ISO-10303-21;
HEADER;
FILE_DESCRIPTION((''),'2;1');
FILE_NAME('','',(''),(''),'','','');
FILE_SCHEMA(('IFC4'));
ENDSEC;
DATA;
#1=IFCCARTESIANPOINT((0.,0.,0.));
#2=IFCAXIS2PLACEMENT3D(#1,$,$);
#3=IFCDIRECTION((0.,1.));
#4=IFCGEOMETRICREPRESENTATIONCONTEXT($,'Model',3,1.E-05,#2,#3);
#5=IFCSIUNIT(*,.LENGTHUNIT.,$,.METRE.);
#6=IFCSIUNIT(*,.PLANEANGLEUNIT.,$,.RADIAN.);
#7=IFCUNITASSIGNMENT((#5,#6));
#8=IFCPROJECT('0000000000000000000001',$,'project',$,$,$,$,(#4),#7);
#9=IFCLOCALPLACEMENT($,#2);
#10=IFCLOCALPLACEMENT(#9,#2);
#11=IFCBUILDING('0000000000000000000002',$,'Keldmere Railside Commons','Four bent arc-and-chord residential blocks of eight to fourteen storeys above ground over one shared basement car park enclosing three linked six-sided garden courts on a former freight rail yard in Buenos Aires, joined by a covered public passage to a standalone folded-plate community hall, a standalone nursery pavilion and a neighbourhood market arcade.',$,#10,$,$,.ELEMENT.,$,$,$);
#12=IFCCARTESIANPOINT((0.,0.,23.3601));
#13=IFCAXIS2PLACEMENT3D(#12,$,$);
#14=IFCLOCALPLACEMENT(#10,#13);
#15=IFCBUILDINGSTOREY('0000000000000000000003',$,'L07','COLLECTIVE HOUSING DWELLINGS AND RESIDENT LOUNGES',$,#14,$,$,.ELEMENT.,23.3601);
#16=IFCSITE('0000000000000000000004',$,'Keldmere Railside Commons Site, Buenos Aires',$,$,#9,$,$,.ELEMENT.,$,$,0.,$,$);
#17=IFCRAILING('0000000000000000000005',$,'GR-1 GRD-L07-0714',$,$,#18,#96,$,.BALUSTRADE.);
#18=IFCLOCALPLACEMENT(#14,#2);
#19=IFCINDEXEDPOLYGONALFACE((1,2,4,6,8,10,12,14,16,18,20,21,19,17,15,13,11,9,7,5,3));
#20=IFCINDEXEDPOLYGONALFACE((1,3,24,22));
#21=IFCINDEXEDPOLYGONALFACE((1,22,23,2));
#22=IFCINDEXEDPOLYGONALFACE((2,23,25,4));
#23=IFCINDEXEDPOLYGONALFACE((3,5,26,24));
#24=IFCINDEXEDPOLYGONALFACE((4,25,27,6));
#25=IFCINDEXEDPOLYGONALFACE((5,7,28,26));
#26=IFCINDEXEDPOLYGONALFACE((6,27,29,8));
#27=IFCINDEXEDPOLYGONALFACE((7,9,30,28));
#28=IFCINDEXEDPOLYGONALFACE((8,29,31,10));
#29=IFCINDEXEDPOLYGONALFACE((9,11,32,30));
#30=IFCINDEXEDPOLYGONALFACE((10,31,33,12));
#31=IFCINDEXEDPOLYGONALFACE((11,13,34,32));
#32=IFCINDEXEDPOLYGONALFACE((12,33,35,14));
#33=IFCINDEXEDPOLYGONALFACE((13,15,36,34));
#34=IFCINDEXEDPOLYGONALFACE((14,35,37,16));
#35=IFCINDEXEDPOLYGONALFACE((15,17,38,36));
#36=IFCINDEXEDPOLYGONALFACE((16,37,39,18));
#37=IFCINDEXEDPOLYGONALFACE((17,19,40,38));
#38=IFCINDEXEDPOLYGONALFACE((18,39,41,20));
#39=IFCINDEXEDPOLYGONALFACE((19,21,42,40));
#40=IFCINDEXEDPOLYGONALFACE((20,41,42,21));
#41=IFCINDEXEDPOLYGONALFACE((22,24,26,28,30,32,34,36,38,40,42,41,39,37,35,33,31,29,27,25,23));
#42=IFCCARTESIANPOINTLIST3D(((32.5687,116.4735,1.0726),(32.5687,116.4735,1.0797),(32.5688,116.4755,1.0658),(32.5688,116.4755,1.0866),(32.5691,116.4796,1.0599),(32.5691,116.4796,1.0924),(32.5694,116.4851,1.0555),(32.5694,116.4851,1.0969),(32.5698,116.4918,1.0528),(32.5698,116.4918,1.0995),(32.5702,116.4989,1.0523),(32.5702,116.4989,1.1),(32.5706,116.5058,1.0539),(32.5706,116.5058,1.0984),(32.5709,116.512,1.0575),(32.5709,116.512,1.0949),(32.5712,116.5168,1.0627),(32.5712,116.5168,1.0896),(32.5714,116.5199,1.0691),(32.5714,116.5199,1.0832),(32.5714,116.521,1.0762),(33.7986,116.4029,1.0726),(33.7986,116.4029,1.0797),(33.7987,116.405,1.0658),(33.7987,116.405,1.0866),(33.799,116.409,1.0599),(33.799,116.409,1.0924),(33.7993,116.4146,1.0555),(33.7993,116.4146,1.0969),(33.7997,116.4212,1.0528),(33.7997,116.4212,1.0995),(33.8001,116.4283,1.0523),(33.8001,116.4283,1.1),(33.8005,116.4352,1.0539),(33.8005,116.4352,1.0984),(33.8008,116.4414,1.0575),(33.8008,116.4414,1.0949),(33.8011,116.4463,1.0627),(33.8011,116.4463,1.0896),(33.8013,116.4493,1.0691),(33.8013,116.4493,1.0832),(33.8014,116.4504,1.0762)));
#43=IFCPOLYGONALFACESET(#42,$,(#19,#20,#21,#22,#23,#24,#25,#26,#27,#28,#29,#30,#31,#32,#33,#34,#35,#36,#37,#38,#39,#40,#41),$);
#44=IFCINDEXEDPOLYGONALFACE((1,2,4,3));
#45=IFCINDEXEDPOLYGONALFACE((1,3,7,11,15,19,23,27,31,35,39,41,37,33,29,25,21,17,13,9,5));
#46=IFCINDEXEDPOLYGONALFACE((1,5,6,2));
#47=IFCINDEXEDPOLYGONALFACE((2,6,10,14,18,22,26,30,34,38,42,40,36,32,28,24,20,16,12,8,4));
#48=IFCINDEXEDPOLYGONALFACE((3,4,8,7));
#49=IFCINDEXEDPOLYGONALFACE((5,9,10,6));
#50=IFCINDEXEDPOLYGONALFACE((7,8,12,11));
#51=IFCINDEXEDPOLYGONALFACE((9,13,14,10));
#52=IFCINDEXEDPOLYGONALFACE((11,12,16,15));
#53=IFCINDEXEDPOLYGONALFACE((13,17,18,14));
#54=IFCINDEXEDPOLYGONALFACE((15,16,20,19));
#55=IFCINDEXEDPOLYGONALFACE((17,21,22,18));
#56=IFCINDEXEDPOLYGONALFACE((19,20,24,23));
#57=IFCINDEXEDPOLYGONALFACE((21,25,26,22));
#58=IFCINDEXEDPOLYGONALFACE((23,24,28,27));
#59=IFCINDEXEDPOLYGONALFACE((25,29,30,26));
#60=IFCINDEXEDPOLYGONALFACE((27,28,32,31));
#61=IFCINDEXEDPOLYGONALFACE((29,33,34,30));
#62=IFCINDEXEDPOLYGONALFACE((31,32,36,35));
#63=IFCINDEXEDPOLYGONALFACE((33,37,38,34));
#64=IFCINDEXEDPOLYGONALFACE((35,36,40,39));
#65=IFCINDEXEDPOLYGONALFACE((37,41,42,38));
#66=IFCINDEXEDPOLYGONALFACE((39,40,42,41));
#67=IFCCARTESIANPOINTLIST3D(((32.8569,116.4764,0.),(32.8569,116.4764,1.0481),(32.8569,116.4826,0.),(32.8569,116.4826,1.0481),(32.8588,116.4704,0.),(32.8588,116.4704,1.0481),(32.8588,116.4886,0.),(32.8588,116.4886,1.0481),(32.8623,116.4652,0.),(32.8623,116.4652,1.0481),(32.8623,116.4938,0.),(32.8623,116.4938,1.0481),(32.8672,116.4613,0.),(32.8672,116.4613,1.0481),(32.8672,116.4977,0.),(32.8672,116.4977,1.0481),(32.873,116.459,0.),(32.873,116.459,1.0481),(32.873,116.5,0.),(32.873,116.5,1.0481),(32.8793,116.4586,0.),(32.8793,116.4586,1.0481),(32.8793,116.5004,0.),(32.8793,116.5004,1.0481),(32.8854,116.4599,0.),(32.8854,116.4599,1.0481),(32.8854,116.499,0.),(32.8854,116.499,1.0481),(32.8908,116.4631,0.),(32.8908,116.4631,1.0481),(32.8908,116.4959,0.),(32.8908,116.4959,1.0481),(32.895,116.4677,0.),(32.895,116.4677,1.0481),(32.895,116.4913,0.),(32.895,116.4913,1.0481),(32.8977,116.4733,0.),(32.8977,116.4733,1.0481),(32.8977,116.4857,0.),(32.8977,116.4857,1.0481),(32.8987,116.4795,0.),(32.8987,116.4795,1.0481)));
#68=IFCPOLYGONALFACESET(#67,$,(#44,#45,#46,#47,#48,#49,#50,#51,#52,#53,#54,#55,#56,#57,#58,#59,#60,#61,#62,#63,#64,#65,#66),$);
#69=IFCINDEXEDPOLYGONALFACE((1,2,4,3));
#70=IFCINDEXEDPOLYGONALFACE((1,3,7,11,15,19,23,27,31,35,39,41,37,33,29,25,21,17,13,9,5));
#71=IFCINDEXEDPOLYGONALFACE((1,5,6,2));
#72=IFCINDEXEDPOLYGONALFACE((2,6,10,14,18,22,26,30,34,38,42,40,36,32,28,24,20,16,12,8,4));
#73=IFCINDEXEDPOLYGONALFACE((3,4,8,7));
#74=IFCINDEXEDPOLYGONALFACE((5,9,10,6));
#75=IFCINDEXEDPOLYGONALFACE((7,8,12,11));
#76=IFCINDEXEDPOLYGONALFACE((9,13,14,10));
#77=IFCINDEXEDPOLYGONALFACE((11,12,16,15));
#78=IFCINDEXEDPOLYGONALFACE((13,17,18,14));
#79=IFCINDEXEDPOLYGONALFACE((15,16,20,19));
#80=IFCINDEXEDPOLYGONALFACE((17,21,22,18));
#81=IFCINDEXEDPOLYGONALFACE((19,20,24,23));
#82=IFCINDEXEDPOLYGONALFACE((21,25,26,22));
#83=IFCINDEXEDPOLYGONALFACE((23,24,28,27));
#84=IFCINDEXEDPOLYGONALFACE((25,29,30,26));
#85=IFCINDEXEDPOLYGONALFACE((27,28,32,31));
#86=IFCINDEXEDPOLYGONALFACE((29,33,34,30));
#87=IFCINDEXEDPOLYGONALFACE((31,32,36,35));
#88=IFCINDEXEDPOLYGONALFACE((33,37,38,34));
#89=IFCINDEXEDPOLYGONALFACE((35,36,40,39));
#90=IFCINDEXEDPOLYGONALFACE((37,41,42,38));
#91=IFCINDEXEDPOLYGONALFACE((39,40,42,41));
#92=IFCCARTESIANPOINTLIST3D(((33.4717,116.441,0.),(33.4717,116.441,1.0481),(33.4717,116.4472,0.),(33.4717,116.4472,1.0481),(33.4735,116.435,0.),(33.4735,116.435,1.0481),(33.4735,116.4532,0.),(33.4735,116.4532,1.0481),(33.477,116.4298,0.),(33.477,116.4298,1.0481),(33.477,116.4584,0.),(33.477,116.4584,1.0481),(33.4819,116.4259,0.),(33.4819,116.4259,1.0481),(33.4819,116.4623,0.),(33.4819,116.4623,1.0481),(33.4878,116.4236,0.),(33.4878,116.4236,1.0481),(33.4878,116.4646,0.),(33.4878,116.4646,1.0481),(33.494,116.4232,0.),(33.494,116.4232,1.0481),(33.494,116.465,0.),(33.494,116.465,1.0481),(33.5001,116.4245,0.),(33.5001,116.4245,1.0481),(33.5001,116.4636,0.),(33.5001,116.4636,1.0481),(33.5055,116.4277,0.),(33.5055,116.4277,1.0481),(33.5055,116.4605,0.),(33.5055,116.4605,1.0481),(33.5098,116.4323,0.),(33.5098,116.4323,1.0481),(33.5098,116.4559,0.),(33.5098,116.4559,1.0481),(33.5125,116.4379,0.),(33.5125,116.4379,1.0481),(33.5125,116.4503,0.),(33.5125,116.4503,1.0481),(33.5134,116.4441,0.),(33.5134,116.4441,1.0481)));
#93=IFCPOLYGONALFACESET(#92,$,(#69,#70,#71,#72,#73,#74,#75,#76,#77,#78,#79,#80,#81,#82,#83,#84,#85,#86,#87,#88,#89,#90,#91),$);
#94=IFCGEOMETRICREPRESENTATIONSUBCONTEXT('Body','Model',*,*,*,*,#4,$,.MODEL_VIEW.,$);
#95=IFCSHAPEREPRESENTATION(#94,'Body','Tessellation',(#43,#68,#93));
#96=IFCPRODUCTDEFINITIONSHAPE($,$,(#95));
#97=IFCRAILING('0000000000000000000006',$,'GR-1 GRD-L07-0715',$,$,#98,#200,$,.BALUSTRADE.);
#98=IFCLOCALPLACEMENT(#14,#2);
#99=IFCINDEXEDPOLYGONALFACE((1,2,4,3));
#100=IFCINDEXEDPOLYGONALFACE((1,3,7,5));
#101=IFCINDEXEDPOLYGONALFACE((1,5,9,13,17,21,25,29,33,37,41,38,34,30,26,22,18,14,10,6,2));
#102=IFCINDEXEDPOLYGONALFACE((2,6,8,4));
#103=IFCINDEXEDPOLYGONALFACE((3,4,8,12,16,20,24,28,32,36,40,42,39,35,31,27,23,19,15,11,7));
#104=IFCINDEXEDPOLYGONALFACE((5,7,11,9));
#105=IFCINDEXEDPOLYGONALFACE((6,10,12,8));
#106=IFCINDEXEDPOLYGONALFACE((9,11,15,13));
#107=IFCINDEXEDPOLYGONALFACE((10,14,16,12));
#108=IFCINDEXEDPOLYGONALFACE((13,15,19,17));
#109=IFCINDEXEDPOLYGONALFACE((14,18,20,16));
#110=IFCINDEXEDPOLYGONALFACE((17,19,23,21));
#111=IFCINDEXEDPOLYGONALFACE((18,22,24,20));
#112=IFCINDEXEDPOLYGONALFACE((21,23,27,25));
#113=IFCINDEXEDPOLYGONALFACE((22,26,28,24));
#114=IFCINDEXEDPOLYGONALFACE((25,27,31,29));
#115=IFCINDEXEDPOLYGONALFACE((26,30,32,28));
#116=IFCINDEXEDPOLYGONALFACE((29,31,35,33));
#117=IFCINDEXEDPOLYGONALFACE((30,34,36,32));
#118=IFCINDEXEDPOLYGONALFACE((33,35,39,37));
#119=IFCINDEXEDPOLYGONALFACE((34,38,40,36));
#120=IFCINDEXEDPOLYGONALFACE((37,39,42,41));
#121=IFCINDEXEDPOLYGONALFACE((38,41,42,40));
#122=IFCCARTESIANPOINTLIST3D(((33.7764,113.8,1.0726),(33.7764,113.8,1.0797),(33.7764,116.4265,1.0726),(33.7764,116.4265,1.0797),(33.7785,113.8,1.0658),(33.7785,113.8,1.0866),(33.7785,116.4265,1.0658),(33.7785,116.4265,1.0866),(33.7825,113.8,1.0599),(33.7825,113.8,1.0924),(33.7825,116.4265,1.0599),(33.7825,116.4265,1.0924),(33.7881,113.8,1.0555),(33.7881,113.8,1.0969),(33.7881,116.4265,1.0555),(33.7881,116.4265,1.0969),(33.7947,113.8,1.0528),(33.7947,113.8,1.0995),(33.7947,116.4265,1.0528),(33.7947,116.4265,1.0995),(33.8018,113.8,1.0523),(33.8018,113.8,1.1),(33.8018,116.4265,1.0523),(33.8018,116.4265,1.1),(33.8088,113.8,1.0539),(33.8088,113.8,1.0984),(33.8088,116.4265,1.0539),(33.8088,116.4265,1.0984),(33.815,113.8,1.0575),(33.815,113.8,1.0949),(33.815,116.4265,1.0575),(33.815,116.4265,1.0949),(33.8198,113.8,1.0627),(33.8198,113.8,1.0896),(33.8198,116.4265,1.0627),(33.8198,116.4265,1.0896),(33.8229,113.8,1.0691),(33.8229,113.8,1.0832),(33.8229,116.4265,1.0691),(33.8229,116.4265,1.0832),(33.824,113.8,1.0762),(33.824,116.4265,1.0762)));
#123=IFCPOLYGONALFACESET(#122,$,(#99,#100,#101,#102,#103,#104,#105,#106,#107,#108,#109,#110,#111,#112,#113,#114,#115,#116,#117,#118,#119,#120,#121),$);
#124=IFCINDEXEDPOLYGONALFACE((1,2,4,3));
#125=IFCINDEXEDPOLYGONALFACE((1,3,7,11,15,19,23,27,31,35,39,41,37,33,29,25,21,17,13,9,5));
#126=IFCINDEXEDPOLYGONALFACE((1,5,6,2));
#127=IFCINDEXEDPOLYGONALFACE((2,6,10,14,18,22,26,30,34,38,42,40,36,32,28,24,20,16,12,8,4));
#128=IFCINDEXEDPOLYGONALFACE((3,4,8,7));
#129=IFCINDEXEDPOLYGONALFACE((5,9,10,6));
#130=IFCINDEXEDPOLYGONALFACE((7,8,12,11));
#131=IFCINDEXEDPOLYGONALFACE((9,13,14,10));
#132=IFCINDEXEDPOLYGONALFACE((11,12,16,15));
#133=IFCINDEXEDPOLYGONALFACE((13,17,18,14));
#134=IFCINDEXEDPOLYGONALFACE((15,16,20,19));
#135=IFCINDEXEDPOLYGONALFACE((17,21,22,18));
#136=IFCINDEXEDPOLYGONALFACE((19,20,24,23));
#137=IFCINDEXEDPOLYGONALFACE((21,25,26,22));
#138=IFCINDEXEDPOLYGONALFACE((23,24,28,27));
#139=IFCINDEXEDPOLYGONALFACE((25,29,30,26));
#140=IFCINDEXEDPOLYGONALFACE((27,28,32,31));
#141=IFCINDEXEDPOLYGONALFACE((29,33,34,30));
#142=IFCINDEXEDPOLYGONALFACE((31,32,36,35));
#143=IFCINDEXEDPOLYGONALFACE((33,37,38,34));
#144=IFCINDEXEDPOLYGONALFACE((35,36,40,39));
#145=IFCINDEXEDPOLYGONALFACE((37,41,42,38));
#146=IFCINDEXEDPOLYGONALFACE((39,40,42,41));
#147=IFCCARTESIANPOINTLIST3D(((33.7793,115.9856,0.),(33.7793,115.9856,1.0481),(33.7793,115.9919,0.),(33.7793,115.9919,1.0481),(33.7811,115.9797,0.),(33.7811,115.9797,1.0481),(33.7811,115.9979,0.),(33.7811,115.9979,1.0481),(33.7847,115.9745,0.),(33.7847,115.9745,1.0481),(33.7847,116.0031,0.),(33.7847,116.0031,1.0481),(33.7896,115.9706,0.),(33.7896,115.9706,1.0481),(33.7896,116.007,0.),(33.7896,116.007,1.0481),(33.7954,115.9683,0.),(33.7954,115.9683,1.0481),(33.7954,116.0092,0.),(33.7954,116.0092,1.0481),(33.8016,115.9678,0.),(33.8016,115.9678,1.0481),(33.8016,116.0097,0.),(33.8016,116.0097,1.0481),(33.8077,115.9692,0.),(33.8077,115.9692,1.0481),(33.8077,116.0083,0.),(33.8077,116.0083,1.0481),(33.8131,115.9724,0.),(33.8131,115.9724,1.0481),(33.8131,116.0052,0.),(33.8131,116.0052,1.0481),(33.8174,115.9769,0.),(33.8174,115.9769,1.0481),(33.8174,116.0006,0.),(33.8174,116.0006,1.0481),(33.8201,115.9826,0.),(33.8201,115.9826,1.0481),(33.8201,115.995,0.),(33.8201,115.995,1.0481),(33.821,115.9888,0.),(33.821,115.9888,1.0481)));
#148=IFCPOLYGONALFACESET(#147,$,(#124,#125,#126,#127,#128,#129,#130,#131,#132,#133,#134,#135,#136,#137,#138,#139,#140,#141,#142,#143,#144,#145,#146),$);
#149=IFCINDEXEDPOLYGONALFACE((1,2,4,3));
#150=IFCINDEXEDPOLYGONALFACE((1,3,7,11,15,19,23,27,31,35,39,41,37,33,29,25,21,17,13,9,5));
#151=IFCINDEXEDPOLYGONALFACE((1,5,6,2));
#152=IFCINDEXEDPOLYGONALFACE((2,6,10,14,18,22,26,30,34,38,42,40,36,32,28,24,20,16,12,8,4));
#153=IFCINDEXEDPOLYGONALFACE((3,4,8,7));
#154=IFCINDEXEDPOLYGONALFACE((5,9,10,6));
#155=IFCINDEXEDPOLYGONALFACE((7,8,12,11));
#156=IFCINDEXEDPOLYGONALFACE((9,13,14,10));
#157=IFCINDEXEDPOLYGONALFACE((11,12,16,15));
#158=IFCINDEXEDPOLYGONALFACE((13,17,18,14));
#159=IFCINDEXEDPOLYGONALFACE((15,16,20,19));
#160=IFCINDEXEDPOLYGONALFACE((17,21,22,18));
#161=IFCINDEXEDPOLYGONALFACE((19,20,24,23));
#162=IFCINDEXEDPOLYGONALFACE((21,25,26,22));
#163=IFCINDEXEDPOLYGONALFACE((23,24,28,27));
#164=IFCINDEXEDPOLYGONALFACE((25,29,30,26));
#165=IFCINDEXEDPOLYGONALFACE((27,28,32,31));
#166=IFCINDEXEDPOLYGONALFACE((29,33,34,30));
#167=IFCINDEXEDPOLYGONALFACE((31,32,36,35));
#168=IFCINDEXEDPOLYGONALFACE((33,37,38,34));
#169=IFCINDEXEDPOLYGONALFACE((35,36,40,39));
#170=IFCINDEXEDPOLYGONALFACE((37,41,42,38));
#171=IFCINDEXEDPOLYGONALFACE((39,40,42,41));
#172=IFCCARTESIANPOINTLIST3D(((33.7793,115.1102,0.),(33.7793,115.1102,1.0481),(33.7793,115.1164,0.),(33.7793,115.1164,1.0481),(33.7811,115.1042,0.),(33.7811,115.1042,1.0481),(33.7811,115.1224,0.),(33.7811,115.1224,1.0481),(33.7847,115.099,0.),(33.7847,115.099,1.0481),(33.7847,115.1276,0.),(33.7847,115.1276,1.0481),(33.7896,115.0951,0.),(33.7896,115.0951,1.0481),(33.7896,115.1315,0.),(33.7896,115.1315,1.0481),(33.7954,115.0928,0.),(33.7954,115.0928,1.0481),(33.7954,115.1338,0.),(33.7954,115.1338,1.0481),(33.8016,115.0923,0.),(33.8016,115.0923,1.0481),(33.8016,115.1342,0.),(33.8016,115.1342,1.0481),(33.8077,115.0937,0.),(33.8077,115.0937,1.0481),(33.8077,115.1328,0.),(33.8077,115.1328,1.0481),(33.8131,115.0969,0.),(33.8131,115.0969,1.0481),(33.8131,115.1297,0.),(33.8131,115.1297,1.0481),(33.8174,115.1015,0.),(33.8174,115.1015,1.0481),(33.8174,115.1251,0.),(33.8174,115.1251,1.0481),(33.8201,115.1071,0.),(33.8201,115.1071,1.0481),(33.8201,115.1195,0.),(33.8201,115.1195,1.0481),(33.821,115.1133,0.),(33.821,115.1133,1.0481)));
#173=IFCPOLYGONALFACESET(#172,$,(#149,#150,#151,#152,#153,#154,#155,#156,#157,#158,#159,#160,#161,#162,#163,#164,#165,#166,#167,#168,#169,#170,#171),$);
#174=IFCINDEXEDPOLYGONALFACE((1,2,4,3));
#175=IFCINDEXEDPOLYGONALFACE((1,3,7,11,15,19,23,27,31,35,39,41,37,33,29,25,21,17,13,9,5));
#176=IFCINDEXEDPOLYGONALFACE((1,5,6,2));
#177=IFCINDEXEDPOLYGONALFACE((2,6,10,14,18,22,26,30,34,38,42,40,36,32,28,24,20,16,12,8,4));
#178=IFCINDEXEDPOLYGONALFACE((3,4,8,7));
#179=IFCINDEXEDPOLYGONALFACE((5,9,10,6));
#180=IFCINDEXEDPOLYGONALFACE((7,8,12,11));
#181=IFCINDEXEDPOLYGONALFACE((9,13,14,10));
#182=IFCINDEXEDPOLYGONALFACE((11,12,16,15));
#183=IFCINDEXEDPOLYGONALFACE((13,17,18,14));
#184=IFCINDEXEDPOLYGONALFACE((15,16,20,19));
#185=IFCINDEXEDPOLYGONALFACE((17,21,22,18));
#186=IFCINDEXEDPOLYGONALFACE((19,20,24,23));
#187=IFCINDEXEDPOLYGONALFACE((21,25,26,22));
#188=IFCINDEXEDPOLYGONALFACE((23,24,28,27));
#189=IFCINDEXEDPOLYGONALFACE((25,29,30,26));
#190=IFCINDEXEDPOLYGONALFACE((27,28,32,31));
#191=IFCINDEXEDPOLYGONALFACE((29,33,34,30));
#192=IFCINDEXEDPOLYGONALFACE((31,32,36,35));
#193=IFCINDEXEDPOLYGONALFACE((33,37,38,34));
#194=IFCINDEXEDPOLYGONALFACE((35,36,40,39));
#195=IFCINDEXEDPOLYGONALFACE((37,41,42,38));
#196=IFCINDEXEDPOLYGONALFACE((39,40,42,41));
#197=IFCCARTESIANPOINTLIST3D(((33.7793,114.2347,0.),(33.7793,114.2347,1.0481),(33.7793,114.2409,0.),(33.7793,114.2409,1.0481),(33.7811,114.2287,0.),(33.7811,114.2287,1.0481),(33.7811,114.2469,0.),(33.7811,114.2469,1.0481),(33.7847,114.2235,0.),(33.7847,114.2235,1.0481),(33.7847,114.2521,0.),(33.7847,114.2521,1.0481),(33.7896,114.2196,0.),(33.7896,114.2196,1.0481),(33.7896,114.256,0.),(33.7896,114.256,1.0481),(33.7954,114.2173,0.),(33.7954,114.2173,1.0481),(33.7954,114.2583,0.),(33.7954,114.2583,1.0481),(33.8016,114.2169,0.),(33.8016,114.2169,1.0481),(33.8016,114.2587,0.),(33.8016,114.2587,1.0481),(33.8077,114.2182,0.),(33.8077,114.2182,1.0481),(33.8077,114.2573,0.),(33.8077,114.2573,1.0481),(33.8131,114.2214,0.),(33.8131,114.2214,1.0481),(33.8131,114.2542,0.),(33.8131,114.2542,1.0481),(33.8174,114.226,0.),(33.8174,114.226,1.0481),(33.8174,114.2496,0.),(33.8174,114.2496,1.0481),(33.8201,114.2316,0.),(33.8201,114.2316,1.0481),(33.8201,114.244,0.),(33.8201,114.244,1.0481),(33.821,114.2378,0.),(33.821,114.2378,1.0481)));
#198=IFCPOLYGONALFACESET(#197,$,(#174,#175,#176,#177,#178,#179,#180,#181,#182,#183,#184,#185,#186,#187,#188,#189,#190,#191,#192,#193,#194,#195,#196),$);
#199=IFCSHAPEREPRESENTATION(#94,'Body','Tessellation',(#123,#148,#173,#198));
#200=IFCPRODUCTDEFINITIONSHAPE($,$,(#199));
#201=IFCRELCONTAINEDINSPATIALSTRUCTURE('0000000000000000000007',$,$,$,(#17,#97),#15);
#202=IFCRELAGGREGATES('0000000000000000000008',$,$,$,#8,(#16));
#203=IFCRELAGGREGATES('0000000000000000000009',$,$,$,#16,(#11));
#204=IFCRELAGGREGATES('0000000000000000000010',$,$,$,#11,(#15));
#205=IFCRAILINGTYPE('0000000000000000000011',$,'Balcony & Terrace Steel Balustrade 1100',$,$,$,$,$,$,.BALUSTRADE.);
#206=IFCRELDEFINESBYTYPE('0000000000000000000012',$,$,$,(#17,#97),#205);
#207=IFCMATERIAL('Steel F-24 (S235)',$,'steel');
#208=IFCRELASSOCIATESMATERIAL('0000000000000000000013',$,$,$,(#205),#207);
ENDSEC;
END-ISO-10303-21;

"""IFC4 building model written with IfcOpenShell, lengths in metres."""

from ifc_helpers import new_model, si_unit, direction, frame, origin, origin_2d, place, context, subcontext, project, spatial, circle, extrude, material, type_object, element, save


model = new_model("IFC4")

# Units and contexts
model_context = context("Model", 3, precision=1e-05, world=origin(), true_north=direction((0.0, 1.0)))
body_context = subcontext(model_context, "Body", "Model", "MODEL_VIEW")
ifc_project = project(units=[si_unit("LENGTHUNIT", "METRE"), si_unit("PLANEANGLEUNIT", "RADIAN")], contexts=[model_context])

# Site, building, storey
site_placement = place(None, origin())
site = spatial("IfcSite", under=ifc_project, at=site_placement, Name="Keldmere Railside Commons Site, Buenos Aires", CompositionType="ELEMENT", RefElevation=0.0)
building_placement = place(site_placement, origin())
building = spatial("IfcBuilding", under=site, at=building_placement, Name="Keldmere Railside Commons", Description="Four bent arc-and-chord residential blocks of eight to fourteen storeys above ground over one shared basement car park enclosing three linked six-sided garden courts on a former freight rail yard in Buenos Aires, joined by a covered public passage to a standalone folded-plate community hall, a standalone nursery pavilion and a neighbourhood market arcade.", CompositionType="ELEMENT")
storey_placement = place(building_placement, frame((0.0, 0.0, 23.3601)))
storey = spatial("IfcBuildingStorey", under=building, at=storey_placement, Name="L07", Description="COLLECTIVE HOUSING DWELLINGS AND RESIDENT LOUNGES", CompositionType="ELEMENT", Elevation=23.3601)

# Railings
ifc_material_1 = material(Name="Steel F-24 (S235)", Category="steel")
railing_type = type_object("IfcRailingType", Name="Balcony & Terrace Steel Balustrade 1100", PredefinedType="BALUSTRADE", material=ifc_material_1)
railing_1_placement = place(storey_placement, frame((32.5701, 116.4971, 0.0)))
element("IfcRailing", 1, at=railing_1_placement, inside=storey, type_object=railing_type, Name="GR-1 GRD-L07-0714", PredefinedType="BALUSTRADE", context=body_context, shape_type="SweptSolid", body=[
    extrude(circle(Radius=0.0239, at=origin_2d()), frame((0.0, 0.0, 1.0762), z_axis=(0.998359, -0.05727, 0.0), x_axis=(0.05727, 0.998359, 0.0)), (0.0, 0.0, 1.0), 1.2319),
    extrude(circle(Radius=0.021, at=origin_2d()), frame((0.3076, -0.0176, 0.0)), (0.0, 0.0, 1.0), 1.0481),
    extrude(circle(Radius=0.021, at=origin_2d()), frame((0.9224, -0.053, 0.0)), (0.0, 0.0, 1.0), 1.0481),
])
railing_2_placement = place(storey_placement, frame((33.8, 116.4265, 0.0)))
element("IfcRailing", 2, at=railing_2_placement, inside=storey, type_object=railing_type, Name="GR-1 GRD-L07-0715", PredefinedType="BALUSTRADE", context=body_context, shape_type="SweptSolid", body=[
    extrude(circle(Radius=0.0239, at=origin_2d()), frame((0.0, 0.0, 1.0762), z_axis=(0.0, -1.0, 0.0), x_axis=(1.0, 0.0, 0.0)), (0.0, 0.0, 1.0), 2.6265),
    extrude(circle(Radius=0.021, at=origin_2d()), frame((0.0, -0.4377, 0.0)), (0.0, 0.0, 1.0), 1.0481),
    extrude(circle(Radius=0.021, at=origin_2d()), frame((0.0, -1.3132, 0.0)), (0.0, 0.0, 1.0), 1.0481),
    extrude(circle(Radius=0.021, at=origin_2d()), frame((0.0, -2.1887, 0.0)), (0.0, 0.0, 1.0), 1.0481),
])

save(model, "model.ifc")
